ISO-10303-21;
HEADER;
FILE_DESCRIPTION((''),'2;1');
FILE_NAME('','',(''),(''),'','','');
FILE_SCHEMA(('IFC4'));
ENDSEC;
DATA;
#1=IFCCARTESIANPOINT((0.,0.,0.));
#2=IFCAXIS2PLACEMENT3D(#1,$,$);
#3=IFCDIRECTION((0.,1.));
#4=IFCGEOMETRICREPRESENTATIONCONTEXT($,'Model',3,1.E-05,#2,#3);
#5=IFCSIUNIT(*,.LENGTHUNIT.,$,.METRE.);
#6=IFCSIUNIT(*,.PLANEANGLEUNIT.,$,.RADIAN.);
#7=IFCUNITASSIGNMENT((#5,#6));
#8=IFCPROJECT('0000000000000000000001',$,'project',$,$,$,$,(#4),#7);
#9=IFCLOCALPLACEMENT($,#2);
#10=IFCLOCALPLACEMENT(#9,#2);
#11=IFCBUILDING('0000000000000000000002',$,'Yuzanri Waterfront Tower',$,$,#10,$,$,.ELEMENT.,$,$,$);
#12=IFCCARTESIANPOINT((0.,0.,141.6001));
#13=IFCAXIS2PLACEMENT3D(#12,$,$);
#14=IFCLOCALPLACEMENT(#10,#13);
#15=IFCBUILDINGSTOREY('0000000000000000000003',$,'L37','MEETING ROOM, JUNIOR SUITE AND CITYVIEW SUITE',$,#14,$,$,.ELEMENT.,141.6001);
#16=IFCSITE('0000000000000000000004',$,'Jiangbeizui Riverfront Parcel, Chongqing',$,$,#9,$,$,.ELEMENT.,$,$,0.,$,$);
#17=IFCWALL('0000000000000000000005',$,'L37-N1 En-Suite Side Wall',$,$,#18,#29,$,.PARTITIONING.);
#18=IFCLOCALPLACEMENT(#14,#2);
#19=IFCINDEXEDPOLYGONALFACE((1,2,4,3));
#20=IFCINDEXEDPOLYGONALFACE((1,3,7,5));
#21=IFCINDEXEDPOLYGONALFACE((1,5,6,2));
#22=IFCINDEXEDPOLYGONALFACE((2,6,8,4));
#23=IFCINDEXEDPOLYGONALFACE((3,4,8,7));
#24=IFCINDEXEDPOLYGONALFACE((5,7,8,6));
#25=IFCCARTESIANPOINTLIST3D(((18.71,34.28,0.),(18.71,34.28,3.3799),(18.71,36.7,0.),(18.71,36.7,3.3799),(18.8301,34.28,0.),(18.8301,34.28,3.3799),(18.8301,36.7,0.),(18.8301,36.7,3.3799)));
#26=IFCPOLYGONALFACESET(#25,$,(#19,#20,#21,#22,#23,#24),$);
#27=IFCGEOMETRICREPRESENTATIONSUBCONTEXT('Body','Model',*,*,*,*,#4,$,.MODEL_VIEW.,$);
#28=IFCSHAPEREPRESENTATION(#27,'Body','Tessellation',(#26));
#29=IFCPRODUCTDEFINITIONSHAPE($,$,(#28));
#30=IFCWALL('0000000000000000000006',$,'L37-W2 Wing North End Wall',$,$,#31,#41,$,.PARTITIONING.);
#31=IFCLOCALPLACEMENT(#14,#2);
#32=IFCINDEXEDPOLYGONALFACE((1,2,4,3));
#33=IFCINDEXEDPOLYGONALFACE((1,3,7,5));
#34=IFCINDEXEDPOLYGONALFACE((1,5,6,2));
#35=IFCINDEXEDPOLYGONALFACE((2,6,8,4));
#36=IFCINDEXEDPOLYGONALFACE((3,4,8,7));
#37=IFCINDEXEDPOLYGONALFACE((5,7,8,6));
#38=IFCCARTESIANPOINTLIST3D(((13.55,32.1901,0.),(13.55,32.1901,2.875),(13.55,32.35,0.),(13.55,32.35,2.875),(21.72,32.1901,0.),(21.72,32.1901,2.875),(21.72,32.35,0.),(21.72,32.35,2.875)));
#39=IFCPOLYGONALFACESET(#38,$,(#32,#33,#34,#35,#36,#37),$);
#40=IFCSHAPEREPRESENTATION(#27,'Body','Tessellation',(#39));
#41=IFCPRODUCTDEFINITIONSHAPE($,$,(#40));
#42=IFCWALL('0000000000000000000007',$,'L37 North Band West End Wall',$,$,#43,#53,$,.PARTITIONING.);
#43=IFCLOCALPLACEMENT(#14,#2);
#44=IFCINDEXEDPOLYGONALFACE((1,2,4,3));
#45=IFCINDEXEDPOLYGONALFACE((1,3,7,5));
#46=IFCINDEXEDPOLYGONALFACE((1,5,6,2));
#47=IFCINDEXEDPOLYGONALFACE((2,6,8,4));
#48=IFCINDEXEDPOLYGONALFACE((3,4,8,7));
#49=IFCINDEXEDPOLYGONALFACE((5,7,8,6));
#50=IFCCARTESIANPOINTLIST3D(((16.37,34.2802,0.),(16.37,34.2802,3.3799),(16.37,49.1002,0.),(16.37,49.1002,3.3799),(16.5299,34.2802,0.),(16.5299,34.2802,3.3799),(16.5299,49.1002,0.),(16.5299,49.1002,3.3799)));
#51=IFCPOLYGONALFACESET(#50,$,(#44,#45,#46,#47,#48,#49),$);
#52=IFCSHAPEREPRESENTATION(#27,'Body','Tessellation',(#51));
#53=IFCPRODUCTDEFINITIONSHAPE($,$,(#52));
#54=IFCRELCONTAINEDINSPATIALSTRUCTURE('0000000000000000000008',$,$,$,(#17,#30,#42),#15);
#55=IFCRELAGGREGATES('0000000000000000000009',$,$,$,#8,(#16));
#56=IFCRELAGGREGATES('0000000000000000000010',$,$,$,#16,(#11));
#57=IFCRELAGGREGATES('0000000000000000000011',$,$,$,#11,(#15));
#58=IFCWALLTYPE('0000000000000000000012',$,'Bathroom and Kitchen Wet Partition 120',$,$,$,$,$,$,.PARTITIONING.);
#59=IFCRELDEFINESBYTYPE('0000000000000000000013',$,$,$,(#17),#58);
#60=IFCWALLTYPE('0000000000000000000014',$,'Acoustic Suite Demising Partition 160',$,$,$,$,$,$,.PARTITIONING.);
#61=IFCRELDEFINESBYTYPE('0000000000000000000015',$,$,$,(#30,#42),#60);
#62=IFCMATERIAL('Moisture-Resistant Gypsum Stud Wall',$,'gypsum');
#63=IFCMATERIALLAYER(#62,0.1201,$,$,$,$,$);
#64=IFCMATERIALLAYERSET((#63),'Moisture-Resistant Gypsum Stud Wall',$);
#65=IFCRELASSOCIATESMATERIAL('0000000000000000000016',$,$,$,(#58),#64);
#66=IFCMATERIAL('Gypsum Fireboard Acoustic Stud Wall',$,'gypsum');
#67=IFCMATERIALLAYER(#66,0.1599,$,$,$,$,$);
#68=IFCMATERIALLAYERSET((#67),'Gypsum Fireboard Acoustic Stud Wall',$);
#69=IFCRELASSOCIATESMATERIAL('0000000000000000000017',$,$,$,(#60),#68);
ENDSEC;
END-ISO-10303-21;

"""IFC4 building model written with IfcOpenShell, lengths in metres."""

from ifc_helpers import new_model, si_unit, direction, frame, frame_2d, origin, place, context, subcontext, project, spatial, rectangle, extrude, source, transform, mapped, material, layer, layer_set, type_object, element, save


model = new_model("IFC4")

# Units and contexts
model_context = context("Model", 3, precision=1e-05, world=origin(), true_north=direction((0.0, 1.0)))
body_context = subcontext(model_context, "Body", "Model", "MODEL_VIEW")
ifc_project = project(units=[si_unit("LENGTHUNIT", "METRE"), si_unit("PLANEANGLEUNIT", "RADIAN")], contexts=[model_context])

# Site, building, storey
site_placement = place(None, origin())
site = spatial("IfcSite", under=ifc_project, at=site_placement, Name="Jiangbeizui Riverfront Parcel, Chongqing", CompositionType="ELEMENT", RefElevation=0.0)
building_placement = place(site_placement, origin())
building = spatial("IfcBuilding", under=site, at=building_placement, Name="Yuzanri Waterfront Tower", CompositionType="ELEMENT")
storey_placement = place(building_placement, frame((0.0, 0.0, 141.6001)))
storey = spatial("IfcBuildingStorey", under=building, at=storey_placement, Name="L37", Description="MEETING ROOM, JUNIOR SUITE AND CITYVIEW SUITE", CompositionType="ELEMENT", Elevation=141.6001)

# Shared definitions
ifc_material_1 = material(Name="Moisture-Resistant Gypsum Stud Wall", Category="gypsum")
ifc_layer_1 = layer(ifc_material_1, 0.1201)
ifc_layer_set_1 = layer_set([ifc_layer_1], Name="Moisture-Resistant Gypsum Stud Wall")
wall_type_1 = type_object("IfcWallType", Name="Bathroom and Kitchen Wet Partition 120", PredefinedType="PARTITIONING", material=ifc_layer_set_1)

# Walls
shared_shape_1 = source(origin(), body_context, "Body", "SweptSolid", [
    extrude(rectangle(XDim=2.4199, YDim=0.1201, at=frame_2d((1.21, 0.0))), origin(), (0.0, 0.0, 1.0), 3.3799),
])
wall_1_placement = place(storey_placement, frame((18.77, 34.28, 0.0), z_axis=(0.0, 0.0, 1.0), x_axis=(0.0, 1.0, 0.0)))
element("IfcWall", 1, at=wall_1_placement, inside=storey, type_object=wall_type_1, Name="L37-N1 En-Suite Side Wall", PredefinedType="PARTITIONING", context=body_context, shape_type="MappedRepresentation", body=[
    mapped(shared_shape_1, transform((0.0, 0.0, 0.0), scale=1.0)),
])
ifc_material_2 = material(Name="Gypsum Fireboard Acoustic Stud Wall", Category="gypsum")
ifc_layer_2 = layer(ifc_material_2, 0.1599)
ifc_layer_set_2 = layer_set([ifc_layer_2], Name="Gypsum Fireboard Acoustic Stud Wall")
wall_type_2 = type_object("IfcWallType", Name="Acoustic Suite Demising Partition 160", PredefinedType="PARTITIONING", material=ifc_layer_set_2)
shared_shape_2 = source(origin(), body_context, "Body", "SweptSolid", [
    extrude(rectangle(XDim=8.1699, YDim=0.1599, at=frame_2d((4.085, 0.0))), origin(), (0.0, 0.0, 1.0), 2.875),
])
wall_2_placement = place(storey_placement, frame((13.55, 32.27, 0.0), z_axis=(0.0, 0.0, 1.0), x_axis=(1.0, 0.0, 0.0)))
element("IfcWall", 2, at=wall_2_placement, inside=storey, type_object=wall_type_2, Name="L37-W2 Wing North End Wall", PredefinedType="PARTITIONING", context=body_context, shape_type="MappedRepresentation", body=[
    mapped(shared_shape_2, transform((0.0, 0.0, 0.0), scale=1.0)),
])
shared_shape_3 = source(origin(), body_context, "Body", "SweptSolid", [
    extrude(rectangle(XDim=14.8201, YDim=0.1599, at=frame_2d((7.4102, 0.0))), origin(), (0.0, 0.0, 1.0), 3.3799),
])
wall_3_placement = place(storey_placement, frame((16.45, 34.28, 0.0), z_axis=(0.0, 0.0, 1.0), x_axis=(0.0, 1.0, 0.0)))
element("IfcWall", 3, at=wall_3_placement, inside=storey, type_object=wall_type_2, Name="L37 North Band West End Wall", PredefinedType="PARTITIONING", context=body_context, shape_type="MappedRepresentation", body=[
    mapped(shared_shape_3, transform((0.0, 0.0, 0.0), scale=1.0)),
])

save(model, "model.ifc")
